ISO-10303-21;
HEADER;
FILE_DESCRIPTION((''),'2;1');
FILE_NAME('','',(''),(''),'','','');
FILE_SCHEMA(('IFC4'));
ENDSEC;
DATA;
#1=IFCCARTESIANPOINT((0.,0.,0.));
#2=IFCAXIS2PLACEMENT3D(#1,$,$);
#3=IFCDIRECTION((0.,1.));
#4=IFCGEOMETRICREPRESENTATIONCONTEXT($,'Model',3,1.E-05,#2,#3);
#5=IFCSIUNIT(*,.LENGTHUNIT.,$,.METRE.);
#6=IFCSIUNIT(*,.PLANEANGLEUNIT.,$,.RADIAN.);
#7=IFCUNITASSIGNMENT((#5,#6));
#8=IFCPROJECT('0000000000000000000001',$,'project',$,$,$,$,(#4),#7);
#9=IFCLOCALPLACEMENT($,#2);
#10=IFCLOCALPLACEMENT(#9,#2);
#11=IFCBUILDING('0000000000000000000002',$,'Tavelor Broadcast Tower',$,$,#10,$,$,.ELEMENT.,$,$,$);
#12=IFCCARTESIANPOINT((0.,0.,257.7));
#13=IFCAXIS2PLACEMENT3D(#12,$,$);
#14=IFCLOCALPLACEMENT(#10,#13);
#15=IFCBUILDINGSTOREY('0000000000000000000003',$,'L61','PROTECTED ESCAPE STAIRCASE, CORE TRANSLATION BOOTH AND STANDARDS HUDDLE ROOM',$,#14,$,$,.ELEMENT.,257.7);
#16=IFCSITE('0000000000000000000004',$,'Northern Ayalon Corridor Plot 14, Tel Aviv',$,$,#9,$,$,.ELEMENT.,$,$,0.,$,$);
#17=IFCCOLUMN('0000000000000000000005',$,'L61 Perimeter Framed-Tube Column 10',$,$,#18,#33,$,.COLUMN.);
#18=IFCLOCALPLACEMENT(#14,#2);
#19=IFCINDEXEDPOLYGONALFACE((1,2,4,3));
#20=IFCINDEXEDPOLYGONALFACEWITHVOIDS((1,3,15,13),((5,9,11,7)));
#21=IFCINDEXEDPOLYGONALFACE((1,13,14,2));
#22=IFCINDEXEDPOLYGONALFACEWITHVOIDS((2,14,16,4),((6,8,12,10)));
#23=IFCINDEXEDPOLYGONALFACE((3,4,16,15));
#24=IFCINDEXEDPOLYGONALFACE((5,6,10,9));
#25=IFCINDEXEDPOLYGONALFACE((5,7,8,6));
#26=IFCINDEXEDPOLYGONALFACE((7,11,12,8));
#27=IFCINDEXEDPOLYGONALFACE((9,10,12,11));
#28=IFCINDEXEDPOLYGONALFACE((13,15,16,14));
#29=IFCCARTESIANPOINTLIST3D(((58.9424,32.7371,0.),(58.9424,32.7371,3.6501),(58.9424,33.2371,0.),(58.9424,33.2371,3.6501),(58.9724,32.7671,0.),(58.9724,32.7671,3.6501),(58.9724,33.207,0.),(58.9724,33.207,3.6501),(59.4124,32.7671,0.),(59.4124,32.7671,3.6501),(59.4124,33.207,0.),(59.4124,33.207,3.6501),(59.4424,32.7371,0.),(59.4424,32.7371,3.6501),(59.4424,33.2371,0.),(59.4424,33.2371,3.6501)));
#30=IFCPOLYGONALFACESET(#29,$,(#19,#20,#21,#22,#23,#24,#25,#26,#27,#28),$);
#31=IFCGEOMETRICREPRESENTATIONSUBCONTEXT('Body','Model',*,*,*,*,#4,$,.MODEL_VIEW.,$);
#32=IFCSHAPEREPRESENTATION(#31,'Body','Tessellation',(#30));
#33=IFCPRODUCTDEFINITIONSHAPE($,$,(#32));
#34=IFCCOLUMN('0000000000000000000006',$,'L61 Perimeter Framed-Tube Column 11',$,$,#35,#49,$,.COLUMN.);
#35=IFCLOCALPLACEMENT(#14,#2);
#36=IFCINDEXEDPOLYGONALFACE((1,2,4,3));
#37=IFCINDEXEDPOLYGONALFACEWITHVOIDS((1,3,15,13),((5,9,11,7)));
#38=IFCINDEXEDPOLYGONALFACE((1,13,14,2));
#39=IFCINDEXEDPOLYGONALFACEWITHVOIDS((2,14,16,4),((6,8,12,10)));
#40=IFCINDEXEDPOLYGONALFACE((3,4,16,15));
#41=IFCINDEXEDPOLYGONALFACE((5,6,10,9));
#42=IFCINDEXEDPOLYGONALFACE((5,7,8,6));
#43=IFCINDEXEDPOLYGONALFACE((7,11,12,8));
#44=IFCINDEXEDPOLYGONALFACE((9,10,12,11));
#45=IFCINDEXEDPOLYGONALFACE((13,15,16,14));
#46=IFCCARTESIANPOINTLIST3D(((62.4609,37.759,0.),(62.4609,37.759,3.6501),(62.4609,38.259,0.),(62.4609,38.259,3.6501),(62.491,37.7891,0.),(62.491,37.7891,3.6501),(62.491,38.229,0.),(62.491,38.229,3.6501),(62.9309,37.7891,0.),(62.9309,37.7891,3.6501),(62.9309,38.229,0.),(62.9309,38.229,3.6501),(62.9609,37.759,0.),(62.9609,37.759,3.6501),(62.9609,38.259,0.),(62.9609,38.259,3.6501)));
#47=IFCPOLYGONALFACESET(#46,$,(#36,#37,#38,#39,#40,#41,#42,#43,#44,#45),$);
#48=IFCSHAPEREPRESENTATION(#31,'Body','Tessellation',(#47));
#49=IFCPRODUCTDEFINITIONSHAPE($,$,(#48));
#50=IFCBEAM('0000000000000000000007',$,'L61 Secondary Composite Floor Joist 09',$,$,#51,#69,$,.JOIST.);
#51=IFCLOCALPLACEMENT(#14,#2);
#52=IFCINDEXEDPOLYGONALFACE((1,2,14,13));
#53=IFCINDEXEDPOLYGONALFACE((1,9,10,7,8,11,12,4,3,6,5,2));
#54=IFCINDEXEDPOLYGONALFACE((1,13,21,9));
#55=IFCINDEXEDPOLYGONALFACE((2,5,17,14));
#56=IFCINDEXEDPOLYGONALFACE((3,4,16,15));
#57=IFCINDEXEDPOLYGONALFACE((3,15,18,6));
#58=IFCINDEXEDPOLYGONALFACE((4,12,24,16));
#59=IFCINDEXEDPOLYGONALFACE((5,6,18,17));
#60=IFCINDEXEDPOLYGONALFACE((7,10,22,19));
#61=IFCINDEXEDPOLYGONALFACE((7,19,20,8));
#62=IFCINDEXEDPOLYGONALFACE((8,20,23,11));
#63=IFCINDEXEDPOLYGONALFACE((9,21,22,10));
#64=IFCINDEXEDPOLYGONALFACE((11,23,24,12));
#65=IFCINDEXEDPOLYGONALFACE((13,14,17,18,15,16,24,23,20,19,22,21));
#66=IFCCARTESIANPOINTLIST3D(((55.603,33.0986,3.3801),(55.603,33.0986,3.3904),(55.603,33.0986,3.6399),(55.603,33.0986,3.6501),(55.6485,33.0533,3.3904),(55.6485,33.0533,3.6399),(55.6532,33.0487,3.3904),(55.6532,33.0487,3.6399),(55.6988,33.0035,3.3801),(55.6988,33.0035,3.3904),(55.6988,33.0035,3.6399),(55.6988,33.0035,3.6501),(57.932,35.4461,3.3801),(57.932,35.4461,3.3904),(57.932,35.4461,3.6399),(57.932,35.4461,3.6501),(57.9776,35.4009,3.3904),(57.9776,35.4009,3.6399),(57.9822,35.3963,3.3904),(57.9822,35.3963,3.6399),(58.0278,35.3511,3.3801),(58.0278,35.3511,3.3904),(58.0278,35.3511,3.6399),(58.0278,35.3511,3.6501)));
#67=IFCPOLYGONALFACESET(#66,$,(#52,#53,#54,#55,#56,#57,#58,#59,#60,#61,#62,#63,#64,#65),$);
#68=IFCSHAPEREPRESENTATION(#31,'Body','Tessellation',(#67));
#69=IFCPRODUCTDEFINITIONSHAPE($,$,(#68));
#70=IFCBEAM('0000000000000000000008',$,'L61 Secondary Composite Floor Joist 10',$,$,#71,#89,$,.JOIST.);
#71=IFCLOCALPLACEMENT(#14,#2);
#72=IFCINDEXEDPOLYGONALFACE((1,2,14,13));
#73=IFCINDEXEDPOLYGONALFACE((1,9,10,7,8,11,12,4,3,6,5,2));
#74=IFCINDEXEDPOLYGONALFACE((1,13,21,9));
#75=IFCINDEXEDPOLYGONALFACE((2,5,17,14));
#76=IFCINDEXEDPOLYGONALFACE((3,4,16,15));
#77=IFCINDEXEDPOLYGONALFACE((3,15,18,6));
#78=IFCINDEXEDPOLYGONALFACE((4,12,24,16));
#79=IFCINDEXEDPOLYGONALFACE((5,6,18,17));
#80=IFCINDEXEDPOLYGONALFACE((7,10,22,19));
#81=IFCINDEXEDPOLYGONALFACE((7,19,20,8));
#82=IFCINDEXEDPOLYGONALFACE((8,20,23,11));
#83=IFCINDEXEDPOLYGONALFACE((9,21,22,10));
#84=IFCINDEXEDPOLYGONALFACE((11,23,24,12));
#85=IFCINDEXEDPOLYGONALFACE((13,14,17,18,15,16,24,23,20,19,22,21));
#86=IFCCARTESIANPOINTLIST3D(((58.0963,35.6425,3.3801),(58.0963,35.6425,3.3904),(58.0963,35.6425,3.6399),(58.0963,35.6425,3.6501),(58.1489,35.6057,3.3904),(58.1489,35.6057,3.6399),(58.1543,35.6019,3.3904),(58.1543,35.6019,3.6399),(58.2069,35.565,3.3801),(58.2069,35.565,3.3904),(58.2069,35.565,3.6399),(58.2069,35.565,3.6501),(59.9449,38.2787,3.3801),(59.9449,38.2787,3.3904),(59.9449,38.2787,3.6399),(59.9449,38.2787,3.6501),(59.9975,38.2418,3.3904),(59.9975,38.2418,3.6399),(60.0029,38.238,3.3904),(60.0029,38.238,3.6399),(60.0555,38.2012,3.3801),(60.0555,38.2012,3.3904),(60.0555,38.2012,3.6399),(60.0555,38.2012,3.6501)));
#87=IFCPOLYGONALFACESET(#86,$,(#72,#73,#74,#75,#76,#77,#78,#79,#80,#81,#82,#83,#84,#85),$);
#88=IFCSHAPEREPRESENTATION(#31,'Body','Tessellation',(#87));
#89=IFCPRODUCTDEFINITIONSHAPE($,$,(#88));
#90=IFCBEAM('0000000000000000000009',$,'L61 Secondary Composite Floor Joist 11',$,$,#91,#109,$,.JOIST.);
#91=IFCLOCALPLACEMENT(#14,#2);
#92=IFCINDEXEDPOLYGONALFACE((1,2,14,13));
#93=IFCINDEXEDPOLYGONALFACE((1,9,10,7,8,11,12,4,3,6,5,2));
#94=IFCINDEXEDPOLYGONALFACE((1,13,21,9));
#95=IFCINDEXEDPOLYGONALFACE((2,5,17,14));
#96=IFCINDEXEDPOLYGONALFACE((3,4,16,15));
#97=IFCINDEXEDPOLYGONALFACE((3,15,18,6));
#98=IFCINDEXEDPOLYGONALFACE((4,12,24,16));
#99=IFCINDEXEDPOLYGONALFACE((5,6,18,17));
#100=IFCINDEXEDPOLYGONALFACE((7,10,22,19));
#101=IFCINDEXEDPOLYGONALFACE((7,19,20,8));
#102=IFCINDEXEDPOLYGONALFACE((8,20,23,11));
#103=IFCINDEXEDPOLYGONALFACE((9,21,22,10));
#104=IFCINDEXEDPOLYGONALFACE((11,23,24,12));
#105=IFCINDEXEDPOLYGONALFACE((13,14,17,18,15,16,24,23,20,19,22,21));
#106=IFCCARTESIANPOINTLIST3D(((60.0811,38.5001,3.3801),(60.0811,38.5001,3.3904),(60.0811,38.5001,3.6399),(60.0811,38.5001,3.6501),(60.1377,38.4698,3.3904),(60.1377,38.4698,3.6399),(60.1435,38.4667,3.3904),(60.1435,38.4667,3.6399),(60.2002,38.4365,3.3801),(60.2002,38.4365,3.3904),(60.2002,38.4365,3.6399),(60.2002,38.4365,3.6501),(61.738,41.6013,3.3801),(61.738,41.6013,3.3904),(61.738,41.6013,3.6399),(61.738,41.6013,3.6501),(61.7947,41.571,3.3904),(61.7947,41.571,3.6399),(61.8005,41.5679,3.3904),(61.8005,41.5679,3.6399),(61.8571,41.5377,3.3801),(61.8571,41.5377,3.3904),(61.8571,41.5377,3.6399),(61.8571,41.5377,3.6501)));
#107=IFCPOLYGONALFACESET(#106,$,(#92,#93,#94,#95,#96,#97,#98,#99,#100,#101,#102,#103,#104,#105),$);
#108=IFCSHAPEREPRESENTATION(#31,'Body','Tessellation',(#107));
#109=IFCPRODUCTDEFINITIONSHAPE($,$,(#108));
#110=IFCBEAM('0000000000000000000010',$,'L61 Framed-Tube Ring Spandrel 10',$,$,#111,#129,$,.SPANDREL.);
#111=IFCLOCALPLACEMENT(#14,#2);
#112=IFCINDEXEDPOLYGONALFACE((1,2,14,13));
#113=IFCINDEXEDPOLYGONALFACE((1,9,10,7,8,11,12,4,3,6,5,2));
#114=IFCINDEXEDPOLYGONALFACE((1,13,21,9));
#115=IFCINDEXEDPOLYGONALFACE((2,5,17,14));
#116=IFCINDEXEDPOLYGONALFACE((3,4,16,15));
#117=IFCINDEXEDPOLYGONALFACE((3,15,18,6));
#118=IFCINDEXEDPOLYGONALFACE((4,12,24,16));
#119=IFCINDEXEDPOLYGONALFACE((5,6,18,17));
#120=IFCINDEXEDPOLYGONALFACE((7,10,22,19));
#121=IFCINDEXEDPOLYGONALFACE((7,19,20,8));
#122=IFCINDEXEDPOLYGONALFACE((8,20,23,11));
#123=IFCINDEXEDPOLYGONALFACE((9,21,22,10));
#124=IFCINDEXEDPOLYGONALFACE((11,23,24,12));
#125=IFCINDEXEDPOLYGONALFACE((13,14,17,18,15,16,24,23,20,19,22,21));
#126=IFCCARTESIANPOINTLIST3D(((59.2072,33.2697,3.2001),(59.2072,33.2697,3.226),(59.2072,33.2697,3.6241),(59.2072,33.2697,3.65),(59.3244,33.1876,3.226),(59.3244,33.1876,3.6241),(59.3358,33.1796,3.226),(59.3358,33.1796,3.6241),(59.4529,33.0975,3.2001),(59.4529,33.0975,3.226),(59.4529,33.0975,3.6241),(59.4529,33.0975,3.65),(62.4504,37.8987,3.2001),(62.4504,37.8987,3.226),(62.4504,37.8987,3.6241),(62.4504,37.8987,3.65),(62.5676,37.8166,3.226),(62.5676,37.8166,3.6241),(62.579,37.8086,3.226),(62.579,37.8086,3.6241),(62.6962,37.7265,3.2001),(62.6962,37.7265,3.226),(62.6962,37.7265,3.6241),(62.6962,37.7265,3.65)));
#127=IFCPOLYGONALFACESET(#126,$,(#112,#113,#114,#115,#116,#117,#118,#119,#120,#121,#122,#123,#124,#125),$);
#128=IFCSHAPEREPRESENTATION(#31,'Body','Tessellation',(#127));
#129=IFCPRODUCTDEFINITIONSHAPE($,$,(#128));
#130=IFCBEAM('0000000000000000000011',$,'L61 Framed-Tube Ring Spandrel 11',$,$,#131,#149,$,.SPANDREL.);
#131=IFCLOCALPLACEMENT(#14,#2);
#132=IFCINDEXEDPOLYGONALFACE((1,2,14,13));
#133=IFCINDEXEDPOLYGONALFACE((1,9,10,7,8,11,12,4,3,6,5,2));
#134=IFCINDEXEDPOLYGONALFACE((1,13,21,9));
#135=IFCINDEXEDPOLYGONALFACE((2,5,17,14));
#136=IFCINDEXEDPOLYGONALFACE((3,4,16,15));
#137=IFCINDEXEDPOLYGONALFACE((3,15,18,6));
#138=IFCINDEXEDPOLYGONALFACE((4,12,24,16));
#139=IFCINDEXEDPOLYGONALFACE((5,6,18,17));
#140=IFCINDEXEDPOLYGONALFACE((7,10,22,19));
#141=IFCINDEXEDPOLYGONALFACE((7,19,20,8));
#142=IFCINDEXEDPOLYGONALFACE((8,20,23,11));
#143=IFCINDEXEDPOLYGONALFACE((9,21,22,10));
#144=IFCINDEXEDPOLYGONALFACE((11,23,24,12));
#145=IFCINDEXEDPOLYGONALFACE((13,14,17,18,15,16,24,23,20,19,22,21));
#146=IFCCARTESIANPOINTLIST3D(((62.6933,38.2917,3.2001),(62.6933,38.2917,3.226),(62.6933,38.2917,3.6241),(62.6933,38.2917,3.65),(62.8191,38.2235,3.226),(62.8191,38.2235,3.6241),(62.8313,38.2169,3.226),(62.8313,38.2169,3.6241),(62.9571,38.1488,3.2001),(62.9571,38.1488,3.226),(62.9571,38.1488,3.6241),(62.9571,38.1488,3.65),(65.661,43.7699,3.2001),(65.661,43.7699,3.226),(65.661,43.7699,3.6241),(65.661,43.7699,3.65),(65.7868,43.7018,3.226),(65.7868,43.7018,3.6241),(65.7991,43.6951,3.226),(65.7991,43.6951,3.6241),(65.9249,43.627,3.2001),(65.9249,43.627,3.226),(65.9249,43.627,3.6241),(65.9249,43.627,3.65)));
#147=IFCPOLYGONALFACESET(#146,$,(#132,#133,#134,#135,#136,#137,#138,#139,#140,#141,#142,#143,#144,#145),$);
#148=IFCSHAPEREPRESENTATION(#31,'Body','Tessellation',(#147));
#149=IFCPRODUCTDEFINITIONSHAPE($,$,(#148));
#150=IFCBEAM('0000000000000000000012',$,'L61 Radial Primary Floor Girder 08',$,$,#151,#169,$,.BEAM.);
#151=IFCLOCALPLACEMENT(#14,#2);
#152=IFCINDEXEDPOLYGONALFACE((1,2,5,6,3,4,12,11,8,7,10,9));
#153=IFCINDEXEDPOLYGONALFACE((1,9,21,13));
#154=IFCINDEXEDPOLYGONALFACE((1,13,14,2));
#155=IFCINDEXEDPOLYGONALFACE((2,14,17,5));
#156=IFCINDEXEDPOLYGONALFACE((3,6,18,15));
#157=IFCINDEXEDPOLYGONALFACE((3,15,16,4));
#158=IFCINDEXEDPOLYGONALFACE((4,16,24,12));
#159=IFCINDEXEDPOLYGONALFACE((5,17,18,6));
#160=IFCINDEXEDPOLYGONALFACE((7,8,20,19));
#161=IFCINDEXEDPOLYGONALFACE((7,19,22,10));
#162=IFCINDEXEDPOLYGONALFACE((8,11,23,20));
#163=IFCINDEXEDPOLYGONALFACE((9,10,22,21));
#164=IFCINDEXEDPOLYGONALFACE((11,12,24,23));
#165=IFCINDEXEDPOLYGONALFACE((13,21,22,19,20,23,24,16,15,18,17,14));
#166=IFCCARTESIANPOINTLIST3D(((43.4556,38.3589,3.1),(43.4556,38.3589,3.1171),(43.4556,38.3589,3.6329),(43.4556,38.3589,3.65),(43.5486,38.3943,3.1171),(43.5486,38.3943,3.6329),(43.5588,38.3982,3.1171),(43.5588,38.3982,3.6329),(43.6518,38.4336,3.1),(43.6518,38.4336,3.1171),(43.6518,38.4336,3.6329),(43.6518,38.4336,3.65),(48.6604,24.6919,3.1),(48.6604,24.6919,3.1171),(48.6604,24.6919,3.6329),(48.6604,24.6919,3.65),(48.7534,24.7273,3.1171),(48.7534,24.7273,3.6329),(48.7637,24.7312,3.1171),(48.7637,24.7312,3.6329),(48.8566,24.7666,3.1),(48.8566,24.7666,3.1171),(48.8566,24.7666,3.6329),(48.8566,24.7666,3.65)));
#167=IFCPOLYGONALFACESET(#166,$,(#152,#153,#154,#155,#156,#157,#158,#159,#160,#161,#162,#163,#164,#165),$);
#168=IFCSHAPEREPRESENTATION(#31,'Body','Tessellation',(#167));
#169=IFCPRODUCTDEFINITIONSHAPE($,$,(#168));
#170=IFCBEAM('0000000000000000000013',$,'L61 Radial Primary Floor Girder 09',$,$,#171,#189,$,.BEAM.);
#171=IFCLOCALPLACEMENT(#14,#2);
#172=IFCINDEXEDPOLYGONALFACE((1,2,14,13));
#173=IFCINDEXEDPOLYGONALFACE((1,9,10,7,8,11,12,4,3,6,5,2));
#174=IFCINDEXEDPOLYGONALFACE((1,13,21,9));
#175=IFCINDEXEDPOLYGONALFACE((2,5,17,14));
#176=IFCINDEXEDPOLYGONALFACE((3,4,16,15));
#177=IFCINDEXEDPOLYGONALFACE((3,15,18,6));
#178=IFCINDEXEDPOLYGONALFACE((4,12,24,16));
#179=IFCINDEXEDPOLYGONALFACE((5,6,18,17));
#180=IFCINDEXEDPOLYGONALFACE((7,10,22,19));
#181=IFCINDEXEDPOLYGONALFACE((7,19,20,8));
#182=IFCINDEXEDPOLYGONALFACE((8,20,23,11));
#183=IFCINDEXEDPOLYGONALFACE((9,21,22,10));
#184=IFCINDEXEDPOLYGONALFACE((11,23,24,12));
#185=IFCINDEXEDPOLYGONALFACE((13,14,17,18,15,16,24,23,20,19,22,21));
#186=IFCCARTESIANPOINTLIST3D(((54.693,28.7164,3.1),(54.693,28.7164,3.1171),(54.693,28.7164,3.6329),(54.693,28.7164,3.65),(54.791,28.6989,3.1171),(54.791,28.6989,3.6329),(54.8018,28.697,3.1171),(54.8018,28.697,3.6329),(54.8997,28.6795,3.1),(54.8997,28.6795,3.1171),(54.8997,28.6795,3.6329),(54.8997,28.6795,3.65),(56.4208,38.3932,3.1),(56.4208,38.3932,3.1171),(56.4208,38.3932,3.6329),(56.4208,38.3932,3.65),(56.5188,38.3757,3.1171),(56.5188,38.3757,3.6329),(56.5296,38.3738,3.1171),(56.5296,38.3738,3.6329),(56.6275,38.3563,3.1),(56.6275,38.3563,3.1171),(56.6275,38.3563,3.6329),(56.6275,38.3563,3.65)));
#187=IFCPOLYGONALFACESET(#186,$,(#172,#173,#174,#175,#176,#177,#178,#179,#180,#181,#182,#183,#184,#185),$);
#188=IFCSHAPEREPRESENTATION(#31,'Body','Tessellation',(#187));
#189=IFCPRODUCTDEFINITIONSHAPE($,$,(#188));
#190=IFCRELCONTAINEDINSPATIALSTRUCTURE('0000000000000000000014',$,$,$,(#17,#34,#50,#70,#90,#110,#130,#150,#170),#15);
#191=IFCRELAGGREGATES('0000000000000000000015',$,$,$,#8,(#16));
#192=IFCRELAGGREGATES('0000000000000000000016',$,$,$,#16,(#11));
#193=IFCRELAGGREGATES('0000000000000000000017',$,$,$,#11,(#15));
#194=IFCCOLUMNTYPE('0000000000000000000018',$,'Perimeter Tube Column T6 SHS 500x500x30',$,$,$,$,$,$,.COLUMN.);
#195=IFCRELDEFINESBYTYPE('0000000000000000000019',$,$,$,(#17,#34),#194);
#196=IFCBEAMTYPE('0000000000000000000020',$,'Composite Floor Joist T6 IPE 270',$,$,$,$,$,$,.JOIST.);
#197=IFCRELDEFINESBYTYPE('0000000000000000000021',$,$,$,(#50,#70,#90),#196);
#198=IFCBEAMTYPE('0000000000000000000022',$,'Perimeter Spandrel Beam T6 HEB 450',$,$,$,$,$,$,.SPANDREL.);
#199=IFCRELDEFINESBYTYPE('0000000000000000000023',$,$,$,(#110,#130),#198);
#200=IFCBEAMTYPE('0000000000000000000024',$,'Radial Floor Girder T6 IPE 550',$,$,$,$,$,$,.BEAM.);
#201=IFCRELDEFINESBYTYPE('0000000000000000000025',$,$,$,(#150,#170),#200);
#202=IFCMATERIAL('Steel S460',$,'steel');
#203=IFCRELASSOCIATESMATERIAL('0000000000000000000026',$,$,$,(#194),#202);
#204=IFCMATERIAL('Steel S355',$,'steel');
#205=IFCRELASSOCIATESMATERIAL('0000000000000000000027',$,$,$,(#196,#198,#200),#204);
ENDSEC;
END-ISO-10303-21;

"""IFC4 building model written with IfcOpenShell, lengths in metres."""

from ifc_helpers import new_model, si_unit, direction, frame, origin, origin_2d, place, context, subcontext, project, spatial, hollow_rectangle, i_section, extrude, material, material_profile, profile_set, type_object, element, save


model = new_model("IFC4")

# Units and contexts
model_context = context("Model", 3, precision=1e-05, world=origin(), true_north=direction((0.0, 1.0)))
body_context = subcontext(model_context, "Body", "Model", "MODEL_VIEW")
ifc_project = project(units=[si_unit("LENGTHUNIT", "METRE"), si_unit("PLANEANGLEUNIT", "RADIAN")], contexts=[model_context])

# Site, building, storey
site_placement = place(None, origin())
site = spatial("IfcSite", under=ifc_project, at=site_placement, Name="Northern Ayalon Corridor Plot 14, Tel Aviv", CompositionType="ELEMENT", RefElevation=0.0)
building_placement = place(site_placement, origin())
building = spatial("IfcBuilding", under=site, at=building_placement, Name="Tavelor Broadcast Tower", CompositionType="ELEMENT")
storey_placement = place(building_placement, frame((0.0, 0.0, 257.7)))
storey = spatial("IfcBuildingStorey", under=building, at=storey_placement, Name="L61", Description="PROTECTED ESCAPE STAIRCASE, CORE TRANSLATION BOOTH AND STANDARDS HUDDLE ROOM", CompositionType="ELEMENT", Elevation=257.7)

# Columns
ifc_material_1 = material(Name="Steel S460", Category="steel")
ifc_material_profile_1 = material_profile(ifc_material_1, hollow_rectangle(XDim=0.5, YDim=0.5, WallThickness=0.03, at=origin_2d()), Name="SHS 500x500x30")
ifc_profile_set_1 = profile_set([ifc_material_profile_1], Name="Steel S460")
column_type = type_object("IfcColumnType", Name="Perimeter Tube Column T6 SHS 500x500x30", PredefinedType="COLUMN", material=ifc_profile_set_1)
for number, where, z_axis, x_axis, name in (
    (1, (59.1924, 32.9871, 0.0), (0.0, 0.0, 1.0), (1.0, 0.0, 0.0), "L61 Perimeter Framed-Tube Column 10"),
    (2, (62.7109, 38.009, 0.0), (0.0, 0.0, 1.0), (1.0, 0.0, 0.0), "L61 Perimeter Framed-Tube Column 11"),
):
    element("IfcColumn", number, at=place(storey_placement, frame(where, z_axis=z_axis, x_axis=x_axis)), inside=storey, type_object=column_type, Name=name, PredefinedType="COLUMN", context=body_context, shape_type="SweptSolid", body=[
        extrude(hollow_rectangle(XDim=0.5, YDim=0.5, WallThickness=0.03, at=origin_2d()), origin(), (0.0, 0.0, 1.0), 3.6501),
    ])

# Beams
ifc_material_2 = material(Name="Steel S355", Category="steel")
ifc_material_profile_2 = material_profile(ifc_material_2, i_section(OverallWidth=0.135, OverallDepth=0.27, WebThickness=0.0066, FlangeThickness=0.0103, at=origin_2d()), Name="IPE 270")
ifc_profile_set_2 = profile_set([ifc_material_profile_2], Name="Steel S355")
beam_type_1 = type_object("IfcBeamType", Name="Composite Floor Joist T6 IPE 270", PredefinedType="JOIST", material=ifc_profile_set_2)
beam_1_placement = place(storey_placement, frame((55.6509, 33.051, 3.5151), z_axis=(0.704296, 0.709907, 0.0), x_axis=(-0.709907, 0.704296, 0.0)))
element("IfcBeam", 3, at=beam_1_placement, inside=storey, type_object=beam_type_1, Name="L61 Secondary Composite Floor Joist 09", PredefinedType="JOIST", context=body_context, shape_type="SweptSolid", body=[
    extrude(i_section(OverallWidth=0.135, OverallDepth=0.27, WebThickness=0.0066, FlangeThickness=0.0103, at=origin_2d()), origin(), (0.0, 0.0, 1.0), 3.3069),
])
beam_2_placement = place(storey_placement, frame((58.1516, 35.6038, 3.5151), z_axis=(0.574144, 0.818754, 0.0), x_axis=(-0.818754, 0.574144, 0.0)))
element("IfcBeam", 4, at=beam_2_placement, inside=storey, type_object=beam_type_1, Name="L61 Secondary Composite Floor Joist 10", PredefinedType="JOIST", context=body_context, shape_type="SweptSolid", body=[
    extrude(i_section(OverallWidth=0.135, OverallDepth=0.27, WebThickness=0.0066, FlangeThickness=0.0103, at=origin_2d()), origin(), (0.0, 0.0, 1.0), 3.2197),
])
beam_3_placement = place(storey_placement, frame((60.1406, 38.4683, 3.5151), z_axis=(0.47124, 0.882005, 0.0), x_axis=(-0.882005, 0.47124, 0.0)))
element("IfcBeam", 5, at=beam_3_placement, inside=storey, type_object=beam_type_1, Name="L61 Secondary Composite Floor Joist 11", PredefinedType="JOIST", context=body_context, shape_type="SweptSolid", body=[
    extrude(i_section(OverallWidth=0.135, OverallDepth=0.27, WebThickness=0.0066, FlangeThickness=0.0103, at=origin_2d()), origin(), (0.0, 0.0, 1.0), 3.5161),
])
ifc_material_profile_3 = material_profile(ifc_material_2, i_section(OverallWidth=0.3, OverallDepth=0.45, WebThickness=0.0139, FlangeThickness=0.0259, at=origin_2d()), Name="HEB 450")
ifc_profile_set_3 = profile_set([ifc_material_profile_3], Name="Steel S355")
beam_type_2 = type_object("IfcBeamType", Name="Perimeter Spandrel Beam T6 HEB 450", PredefinedType="SPANDREL", material=ifc_profile_set_3)
beam_4_placement = place(storey_placement, frame((59.3301, 33.1836, 3.425), z_axis=(0.57381, 0.818988, 0.0), x_axis=(-0.818988, 0.57381, 0.0)))
element("IfcBeam", 6, at=beam_4_placement, inside=storey, type_object=beam_type_2, Name="L61 Framed-Tube Ring Spandrel 10", PredefinedType="SPANDREL", context=body_context, shape_type="SweptSolid", body=[
    extrude(i_section(OverallWidth=0.3, OverallDepth=0.45, WebThickness=0.0139, FlangeThickness=0.0259, at=origin_2d()), origin(), (0.0, 0.0, 1.0), 5.6521),
])
beam_5_placement = place(storey_placement, frame((62.8252, 38.2202, 3.425), z_axis=(0.47633, 0.879267, 0.0), x_axis=(-0.879267, 0.47633, 0.0)))
element("IfcBeam", 7, at=beam_5_placement, inside=storey, type_object=beam_type_2, Name="L61 Framed-Tube Ring Spandrel 11", PredefinedType="SPANDREL", context=body_context, shape_type="SweptSolid", body=[
    extrude(i_section(OverallWidth=0.3, OverallDepth=0.45, WebThickness=0.0139, FlangeThickness=0.0259, at=origin_2d()), origin(), (0.0, 0.0, 1.0), 6.2305),
])
ifc_material_profile_4 = material_profile(ifc_material_2, i_section(OverallWidth=0.21, OverallDepth=0.55, WebThickness=0.011, FlangeThickness=0.0171, at=origin_2d()), Name="IPE 550")
ifc_profile_set_4 = profile_set([ifc_material_profile_4], Name="Steel S355")
beam_type_3 = type_object("IfcBeamType", Name="Radial Floor Girder T6 IPE 550", PredefinedType="BEAM", material=ifc_profile_set_4)
beam_6_placement = place(storey_placement, frame((43.5537, 38.3962, 3.375), z_axis=(0.355897, -0.934525, 0.0), x_axis=(0.934525, 0.355897, 0.0)))
element("IfcBeam", 8, at=beam_6_placement, inside=storey, type_object=beam_type_3, Name="L61 Radial Primary Floor Girder 08", PredefinedType="BEAM", context=body_context, shape_type="SweptSolid", body=[
    extrude(i_section(OverallWidth=0.21, OverallDepth=0.55, WebThickness=0.011, FlangeThickness=0.0171, at=origin_2d()), origin(), (0.0, 0.0, 1.0), 14.6245),
])
beam_7_placement = place(storey_placement, frame((56.5242, 38.3748, 3.375), z_axis=(-0.17577, -0.984431, 0.0), x_axis=(0.984431, -0.17577, 0.0)))
element("IfcBeam", 9, at=beam_7_placement, inside=storey, type_object=beam_type_3, Name="L61 Radial Primary Floor Girder 09", PredefinedType="BEAM", context=body_context, shape_type="SweptSolid", body=[
    extrude(i_section(OverallWidth=0.21, OverallDepth=0.55, WebThickness=0.011, FlangeThickness=0.0171, at=origin_2d()), origin(), (0.0, 0.0, 1.0), 9.8298),
])

save(model, "model.ifc")
